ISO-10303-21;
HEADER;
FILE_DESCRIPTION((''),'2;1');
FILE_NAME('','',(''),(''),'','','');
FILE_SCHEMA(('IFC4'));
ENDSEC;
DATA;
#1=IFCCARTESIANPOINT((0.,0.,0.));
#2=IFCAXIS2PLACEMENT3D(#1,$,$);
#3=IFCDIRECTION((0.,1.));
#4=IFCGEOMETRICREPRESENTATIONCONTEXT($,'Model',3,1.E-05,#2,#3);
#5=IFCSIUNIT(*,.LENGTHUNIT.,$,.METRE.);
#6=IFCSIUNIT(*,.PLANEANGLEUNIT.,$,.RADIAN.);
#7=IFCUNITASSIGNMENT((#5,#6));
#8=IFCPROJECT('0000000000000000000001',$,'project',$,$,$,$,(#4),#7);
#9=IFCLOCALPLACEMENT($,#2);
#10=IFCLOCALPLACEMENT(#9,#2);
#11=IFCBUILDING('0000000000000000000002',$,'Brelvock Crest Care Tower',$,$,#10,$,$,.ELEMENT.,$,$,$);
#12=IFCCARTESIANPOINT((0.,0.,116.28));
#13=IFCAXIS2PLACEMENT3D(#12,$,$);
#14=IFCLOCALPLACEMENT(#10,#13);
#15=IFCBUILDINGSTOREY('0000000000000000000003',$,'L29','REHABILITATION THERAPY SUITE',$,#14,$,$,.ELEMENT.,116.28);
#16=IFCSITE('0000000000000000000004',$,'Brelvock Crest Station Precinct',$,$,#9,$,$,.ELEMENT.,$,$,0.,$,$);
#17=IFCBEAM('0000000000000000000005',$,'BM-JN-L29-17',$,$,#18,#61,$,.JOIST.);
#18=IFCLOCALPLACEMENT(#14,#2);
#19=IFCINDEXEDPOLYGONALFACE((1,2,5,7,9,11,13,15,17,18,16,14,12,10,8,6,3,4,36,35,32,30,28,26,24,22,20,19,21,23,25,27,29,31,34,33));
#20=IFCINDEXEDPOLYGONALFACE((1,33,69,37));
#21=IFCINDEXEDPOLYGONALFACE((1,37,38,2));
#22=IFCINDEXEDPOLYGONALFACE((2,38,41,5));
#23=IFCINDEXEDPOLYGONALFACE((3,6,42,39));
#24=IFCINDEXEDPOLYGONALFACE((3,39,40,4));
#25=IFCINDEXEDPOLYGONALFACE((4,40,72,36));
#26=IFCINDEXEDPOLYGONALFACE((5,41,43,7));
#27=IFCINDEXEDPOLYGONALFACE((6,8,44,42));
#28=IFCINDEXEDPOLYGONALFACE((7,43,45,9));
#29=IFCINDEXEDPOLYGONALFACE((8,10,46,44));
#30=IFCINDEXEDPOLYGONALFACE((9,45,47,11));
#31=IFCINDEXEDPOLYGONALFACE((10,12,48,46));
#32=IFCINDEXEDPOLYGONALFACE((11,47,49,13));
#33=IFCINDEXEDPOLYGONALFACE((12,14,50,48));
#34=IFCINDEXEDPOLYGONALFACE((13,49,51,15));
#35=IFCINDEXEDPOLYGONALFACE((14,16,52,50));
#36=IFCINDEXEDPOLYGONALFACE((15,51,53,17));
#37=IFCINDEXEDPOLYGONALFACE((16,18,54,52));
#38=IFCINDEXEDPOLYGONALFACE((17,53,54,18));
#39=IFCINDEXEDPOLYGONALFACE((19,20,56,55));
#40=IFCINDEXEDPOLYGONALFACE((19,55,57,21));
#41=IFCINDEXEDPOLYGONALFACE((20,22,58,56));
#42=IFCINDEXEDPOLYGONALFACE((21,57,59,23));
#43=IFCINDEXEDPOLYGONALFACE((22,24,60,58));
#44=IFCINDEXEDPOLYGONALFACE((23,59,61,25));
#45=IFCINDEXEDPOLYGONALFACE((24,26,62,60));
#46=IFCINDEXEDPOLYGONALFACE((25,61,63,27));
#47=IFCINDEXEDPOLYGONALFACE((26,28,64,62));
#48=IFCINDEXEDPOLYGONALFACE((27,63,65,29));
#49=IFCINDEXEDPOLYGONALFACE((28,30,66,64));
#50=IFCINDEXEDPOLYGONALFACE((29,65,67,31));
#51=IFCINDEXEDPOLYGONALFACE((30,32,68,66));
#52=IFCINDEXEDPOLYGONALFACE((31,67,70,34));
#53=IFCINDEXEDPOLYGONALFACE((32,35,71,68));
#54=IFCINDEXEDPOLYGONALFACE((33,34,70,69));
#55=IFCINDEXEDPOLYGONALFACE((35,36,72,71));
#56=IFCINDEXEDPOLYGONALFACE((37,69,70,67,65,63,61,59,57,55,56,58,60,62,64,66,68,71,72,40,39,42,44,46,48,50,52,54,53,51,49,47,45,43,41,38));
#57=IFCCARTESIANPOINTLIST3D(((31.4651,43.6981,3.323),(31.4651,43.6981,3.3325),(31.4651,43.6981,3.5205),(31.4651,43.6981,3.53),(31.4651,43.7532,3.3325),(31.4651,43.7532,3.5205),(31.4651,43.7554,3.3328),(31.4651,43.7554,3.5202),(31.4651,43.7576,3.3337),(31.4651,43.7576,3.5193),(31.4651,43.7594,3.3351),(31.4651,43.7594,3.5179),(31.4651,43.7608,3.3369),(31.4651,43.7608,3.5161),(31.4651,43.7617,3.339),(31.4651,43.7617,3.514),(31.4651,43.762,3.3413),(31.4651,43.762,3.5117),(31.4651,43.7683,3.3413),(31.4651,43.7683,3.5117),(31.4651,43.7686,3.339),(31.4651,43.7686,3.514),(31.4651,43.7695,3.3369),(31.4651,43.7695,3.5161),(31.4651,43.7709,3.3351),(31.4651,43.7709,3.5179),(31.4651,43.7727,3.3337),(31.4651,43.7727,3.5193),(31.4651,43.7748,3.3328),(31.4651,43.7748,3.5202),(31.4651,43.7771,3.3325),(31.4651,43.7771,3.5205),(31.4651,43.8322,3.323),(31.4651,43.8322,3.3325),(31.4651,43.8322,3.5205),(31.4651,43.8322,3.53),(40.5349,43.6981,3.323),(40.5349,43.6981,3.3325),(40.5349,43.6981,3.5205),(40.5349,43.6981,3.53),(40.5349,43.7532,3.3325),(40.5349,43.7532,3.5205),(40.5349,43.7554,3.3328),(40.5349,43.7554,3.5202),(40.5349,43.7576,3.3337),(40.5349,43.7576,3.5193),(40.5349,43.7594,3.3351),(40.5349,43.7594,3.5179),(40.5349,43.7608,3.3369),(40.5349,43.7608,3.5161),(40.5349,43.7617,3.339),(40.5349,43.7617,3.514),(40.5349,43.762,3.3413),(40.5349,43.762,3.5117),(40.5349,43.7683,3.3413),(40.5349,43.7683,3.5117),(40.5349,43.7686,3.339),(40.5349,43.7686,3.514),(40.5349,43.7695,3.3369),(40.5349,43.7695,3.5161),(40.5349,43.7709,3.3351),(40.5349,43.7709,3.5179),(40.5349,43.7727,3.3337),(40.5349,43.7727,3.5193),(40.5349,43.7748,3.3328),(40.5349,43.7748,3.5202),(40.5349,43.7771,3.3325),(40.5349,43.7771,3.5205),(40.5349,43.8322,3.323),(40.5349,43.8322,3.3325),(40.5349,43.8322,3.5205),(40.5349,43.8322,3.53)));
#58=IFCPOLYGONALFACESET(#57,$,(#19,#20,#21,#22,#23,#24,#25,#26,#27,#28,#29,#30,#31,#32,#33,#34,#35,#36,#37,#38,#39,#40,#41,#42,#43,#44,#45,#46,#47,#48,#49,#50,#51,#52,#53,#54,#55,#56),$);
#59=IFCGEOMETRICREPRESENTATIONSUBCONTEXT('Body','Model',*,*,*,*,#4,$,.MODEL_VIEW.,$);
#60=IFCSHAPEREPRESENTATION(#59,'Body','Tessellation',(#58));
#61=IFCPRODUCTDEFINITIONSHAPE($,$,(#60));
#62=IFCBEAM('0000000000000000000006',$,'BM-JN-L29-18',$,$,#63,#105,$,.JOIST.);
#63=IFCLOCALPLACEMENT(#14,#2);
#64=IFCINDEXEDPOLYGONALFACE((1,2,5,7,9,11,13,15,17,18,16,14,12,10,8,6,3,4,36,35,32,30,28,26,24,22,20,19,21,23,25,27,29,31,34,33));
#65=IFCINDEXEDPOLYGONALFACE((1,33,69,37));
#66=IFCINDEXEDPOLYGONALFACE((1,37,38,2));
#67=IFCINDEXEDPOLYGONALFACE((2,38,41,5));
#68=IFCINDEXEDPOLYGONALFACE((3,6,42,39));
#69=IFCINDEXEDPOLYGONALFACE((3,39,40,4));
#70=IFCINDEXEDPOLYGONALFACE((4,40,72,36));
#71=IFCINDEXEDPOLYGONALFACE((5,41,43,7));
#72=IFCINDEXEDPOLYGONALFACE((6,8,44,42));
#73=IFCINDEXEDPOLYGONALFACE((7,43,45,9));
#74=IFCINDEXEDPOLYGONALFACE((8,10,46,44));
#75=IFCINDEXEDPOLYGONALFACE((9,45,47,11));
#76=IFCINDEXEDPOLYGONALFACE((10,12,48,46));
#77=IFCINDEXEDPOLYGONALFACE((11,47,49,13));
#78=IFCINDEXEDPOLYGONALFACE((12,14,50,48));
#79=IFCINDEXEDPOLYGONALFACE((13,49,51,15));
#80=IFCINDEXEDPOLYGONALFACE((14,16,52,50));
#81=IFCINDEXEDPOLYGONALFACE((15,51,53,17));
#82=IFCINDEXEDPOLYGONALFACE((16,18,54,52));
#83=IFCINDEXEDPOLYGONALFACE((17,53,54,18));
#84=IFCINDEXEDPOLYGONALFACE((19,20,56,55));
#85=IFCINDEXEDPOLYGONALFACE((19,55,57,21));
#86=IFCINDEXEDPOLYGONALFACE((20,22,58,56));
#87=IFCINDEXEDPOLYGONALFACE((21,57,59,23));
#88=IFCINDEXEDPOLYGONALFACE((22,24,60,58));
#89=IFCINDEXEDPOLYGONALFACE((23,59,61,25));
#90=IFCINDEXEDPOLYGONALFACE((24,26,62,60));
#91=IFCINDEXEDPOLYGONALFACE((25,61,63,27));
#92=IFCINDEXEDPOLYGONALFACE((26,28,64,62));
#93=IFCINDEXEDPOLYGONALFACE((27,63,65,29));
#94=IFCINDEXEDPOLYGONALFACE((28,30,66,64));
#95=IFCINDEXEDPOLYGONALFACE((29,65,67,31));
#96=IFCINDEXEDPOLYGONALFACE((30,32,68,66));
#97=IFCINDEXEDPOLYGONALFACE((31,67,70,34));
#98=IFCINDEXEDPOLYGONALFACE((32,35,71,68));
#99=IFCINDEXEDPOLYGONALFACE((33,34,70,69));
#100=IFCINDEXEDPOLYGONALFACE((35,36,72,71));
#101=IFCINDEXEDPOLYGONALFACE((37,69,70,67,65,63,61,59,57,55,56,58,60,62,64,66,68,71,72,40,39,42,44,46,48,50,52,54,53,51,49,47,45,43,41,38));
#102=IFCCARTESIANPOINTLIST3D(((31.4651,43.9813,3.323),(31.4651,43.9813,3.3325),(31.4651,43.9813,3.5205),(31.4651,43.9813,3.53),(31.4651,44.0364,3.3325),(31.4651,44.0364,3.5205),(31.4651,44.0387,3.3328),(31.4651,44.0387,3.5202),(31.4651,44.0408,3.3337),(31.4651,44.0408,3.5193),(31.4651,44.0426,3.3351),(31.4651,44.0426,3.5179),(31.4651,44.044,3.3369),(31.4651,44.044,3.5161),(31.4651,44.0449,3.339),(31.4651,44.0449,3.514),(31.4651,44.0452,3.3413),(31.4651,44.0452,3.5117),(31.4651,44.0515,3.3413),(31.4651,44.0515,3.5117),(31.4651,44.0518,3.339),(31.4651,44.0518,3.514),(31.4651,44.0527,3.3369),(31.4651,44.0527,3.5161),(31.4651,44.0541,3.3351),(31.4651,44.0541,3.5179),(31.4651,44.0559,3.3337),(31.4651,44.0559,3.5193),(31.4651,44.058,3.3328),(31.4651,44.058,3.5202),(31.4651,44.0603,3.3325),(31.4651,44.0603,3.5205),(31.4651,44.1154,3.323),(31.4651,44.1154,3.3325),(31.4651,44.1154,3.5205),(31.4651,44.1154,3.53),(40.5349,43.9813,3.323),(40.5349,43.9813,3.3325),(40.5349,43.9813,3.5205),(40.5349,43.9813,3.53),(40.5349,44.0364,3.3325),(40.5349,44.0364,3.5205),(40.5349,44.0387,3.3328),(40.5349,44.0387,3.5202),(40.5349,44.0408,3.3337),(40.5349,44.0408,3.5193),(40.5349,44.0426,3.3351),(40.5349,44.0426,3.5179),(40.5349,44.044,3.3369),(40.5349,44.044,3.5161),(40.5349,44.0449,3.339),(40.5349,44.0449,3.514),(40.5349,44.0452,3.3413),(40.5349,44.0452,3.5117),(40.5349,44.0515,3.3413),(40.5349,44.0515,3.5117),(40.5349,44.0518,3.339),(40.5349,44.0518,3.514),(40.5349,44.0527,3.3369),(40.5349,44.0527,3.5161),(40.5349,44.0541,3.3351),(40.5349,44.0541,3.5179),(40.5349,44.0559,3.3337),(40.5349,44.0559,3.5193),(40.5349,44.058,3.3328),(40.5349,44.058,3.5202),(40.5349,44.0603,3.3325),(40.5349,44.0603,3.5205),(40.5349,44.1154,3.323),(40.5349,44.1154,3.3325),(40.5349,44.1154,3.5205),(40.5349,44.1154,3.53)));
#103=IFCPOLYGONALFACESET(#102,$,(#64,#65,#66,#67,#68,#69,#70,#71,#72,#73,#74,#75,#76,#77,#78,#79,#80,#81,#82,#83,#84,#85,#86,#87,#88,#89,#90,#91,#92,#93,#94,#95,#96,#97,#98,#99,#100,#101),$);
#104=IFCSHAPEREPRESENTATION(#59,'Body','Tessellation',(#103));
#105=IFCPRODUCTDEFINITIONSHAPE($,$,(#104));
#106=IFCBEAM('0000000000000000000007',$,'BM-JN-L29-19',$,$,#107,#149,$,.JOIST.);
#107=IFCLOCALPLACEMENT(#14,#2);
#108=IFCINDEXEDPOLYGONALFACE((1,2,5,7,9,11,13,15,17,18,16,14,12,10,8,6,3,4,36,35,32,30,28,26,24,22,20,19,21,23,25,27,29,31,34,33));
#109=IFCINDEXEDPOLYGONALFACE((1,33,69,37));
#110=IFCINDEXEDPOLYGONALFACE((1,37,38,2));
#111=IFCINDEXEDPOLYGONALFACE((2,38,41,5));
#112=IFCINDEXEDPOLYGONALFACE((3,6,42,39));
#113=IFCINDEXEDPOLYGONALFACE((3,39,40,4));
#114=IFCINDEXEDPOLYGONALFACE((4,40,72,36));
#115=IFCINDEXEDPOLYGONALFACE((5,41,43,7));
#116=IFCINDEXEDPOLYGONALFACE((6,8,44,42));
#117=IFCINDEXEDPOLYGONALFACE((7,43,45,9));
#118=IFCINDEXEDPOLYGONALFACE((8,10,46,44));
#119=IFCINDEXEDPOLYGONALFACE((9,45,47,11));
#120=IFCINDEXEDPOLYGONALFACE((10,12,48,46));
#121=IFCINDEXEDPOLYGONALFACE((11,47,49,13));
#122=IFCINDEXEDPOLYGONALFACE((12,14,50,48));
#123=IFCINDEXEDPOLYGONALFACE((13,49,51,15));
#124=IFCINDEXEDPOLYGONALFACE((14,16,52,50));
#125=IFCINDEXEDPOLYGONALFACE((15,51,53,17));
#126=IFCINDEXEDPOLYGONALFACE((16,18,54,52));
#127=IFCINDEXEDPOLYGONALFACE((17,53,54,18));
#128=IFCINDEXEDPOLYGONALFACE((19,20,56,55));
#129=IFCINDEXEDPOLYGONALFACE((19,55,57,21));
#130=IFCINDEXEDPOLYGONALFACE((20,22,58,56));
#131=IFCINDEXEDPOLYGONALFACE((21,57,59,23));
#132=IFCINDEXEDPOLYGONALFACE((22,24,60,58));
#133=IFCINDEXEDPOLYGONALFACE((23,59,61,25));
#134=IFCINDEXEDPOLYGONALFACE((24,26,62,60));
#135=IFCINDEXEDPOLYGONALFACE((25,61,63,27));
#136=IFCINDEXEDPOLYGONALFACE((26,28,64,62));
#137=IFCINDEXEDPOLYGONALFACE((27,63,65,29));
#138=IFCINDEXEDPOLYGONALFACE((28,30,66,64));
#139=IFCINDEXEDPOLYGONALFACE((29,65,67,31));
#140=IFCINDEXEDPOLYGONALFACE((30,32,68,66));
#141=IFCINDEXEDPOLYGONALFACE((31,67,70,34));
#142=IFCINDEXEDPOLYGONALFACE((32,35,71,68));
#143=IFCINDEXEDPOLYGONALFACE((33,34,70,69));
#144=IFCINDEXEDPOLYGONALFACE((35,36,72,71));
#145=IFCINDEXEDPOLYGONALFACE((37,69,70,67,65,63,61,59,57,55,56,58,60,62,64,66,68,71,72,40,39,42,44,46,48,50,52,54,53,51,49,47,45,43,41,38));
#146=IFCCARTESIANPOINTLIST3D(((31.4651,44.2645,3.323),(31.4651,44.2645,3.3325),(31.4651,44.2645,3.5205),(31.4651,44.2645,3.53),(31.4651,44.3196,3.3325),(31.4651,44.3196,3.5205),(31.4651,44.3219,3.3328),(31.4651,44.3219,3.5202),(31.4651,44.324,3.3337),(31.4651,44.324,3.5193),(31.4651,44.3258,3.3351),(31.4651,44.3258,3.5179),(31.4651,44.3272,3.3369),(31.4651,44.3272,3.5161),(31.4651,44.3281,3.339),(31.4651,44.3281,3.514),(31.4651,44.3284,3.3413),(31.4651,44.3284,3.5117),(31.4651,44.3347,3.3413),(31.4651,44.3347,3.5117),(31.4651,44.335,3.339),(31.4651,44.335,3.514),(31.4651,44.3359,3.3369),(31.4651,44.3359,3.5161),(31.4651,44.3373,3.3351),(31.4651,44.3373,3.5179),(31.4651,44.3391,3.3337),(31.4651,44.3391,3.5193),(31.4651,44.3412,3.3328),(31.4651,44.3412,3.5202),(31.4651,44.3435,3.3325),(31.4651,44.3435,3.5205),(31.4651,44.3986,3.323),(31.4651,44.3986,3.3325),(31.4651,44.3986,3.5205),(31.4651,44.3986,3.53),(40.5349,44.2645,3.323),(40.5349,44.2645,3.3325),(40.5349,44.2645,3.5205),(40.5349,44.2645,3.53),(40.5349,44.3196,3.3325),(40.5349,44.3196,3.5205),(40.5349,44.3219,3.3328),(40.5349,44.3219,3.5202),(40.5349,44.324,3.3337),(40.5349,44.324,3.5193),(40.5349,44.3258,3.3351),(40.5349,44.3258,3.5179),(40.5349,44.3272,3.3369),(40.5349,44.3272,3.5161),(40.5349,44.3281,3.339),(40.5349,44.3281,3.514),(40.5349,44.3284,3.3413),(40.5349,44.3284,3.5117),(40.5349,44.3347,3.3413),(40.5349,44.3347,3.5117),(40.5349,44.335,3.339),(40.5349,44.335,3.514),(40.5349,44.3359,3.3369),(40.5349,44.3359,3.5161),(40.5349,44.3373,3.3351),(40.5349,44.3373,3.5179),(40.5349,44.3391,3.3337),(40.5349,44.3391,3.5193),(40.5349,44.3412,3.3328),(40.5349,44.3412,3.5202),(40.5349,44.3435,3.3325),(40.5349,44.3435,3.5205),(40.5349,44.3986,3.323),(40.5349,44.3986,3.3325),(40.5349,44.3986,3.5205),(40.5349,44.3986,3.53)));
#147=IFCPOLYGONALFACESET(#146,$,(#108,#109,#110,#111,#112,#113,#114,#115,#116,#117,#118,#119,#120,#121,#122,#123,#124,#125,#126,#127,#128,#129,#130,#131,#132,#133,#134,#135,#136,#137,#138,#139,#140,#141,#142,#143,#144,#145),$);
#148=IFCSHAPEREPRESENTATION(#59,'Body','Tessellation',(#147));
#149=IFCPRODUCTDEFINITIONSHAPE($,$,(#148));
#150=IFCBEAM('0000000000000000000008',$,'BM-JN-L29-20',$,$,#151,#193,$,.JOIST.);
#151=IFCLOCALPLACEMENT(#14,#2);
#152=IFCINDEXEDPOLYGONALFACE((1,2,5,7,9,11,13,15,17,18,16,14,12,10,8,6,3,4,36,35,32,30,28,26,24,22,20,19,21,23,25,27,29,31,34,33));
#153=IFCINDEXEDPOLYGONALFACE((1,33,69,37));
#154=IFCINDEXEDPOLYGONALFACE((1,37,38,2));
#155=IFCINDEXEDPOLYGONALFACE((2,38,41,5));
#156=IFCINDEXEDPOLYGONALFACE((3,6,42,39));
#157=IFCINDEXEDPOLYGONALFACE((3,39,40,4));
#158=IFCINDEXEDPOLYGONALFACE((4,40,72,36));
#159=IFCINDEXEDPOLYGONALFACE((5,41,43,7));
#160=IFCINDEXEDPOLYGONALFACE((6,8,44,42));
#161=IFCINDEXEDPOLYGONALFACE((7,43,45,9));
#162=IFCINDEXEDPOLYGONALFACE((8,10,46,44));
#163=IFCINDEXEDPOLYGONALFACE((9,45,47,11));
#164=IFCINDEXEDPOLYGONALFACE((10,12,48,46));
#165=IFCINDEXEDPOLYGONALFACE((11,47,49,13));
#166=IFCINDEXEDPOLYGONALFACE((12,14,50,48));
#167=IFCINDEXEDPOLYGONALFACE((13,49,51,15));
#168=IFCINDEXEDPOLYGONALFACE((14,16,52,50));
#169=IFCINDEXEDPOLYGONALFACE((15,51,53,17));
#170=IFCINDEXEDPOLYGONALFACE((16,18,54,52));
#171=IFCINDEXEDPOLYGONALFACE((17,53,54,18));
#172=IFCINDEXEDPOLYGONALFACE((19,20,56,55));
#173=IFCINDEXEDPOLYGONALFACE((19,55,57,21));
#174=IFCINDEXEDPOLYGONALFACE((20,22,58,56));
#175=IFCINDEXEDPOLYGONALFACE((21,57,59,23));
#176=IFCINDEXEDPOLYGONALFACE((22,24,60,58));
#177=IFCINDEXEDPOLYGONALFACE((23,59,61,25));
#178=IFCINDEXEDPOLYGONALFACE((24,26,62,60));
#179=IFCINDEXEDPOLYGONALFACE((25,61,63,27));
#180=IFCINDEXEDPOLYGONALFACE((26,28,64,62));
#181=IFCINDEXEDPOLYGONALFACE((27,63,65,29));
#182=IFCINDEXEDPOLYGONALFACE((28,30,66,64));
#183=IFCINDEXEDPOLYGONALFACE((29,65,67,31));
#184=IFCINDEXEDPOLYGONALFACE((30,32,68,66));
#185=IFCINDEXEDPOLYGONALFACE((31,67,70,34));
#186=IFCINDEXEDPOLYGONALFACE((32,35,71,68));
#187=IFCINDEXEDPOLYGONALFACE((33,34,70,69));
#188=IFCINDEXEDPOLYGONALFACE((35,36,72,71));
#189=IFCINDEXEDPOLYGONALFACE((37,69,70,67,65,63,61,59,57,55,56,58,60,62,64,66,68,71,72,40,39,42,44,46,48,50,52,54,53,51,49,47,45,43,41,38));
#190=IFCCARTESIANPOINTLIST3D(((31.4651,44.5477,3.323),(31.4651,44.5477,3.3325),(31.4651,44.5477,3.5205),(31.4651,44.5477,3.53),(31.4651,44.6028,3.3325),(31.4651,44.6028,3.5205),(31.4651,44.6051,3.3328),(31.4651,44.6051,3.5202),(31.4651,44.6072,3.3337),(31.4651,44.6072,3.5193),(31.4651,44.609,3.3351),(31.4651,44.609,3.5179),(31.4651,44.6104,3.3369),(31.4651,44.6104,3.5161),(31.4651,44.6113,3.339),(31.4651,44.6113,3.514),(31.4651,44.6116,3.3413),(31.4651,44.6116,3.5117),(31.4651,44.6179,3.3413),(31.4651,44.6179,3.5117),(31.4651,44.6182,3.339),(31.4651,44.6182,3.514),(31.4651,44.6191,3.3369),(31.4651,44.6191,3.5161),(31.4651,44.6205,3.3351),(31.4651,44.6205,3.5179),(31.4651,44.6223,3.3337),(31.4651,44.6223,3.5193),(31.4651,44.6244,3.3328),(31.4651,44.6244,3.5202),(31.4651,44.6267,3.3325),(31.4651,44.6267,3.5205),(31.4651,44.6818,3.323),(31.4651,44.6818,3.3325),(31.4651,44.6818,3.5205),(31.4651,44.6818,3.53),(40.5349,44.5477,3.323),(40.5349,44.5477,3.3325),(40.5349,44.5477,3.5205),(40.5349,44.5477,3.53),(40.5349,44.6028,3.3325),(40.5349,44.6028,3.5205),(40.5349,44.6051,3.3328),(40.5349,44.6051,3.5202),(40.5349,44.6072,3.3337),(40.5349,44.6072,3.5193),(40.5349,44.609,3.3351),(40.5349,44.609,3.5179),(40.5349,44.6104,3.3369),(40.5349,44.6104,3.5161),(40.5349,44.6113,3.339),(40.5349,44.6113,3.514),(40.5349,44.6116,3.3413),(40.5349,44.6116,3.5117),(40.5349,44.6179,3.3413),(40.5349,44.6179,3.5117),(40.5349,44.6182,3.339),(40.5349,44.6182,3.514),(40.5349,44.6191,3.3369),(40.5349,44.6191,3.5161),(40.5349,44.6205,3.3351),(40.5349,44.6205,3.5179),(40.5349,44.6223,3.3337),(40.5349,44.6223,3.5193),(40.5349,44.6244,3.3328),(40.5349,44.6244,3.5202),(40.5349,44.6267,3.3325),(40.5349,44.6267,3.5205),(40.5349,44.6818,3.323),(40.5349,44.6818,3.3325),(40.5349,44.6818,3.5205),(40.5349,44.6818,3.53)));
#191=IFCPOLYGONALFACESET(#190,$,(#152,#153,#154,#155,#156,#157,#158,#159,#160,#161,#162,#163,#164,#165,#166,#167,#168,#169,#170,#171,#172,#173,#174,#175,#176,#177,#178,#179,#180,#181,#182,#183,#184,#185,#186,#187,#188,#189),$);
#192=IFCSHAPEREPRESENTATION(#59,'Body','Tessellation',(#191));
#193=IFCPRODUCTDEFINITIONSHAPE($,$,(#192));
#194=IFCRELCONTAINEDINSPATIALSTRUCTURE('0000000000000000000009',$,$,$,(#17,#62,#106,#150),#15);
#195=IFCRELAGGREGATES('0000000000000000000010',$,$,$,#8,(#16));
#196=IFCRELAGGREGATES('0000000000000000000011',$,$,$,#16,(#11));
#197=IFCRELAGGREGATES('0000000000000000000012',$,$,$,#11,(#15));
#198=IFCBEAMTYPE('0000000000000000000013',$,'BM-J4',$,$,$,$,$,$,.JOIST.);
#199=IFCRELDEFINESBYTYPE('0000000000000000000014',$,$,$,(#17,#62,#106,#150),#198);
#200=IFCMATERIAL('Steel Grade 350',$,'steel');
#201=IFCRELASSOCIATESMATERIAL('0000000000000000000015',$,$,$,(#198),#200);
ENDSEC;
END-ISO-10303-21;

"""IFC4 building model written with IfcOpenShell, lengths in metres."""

from ifc_helpers import new_model, si_unit, direction, frame, origin, origin_2d, place, context, subcontext, project, spatial, i_section, extrude, source, transform, mapped, material, material_profile, profile_set, type_object, element, save


model = new_model("IFC4")

# Units and contexts
model_context = context("Model", 3, precision=1e-05, world=origin(), true_north=direction((0.0, 1.0)))
body_context = subcontext(model_context, "Body", "Model", "MODEL_VIEW")
ifc_project = project(units=[si_unit("LENGTHUNIT", "METRE"), si_unit("PLANEANGLEUNIT", "RADIAN")], contexts=[model_context])

# Site, building, storey
site_placement = place(None, origin())
site = spatial("IfcSite", under=ifc_project, at=site_placement, Name="Brelvock Crest Station Precinct", CompositionType="ELEMENT", RefElevation=0.0)
building_placement = place(site_placement, origin())
building = spatial("IfcBuilding", under=site, at=building_placement, Name="Brelvock Crest Care Tower", CompositionType="ELEMENT")
storey_placement = place(building_placement, frame((0.0, 0.0, 116.28)))
storey = spatial("IfcBuildingStorey", under=building, at=storey_placement, Name="L29", Description="REHABILITATION THERAPY SUITE", CompositionType="ELEMENT", Elevation=116.28)

# Beams
ifc_material_1 = material(Name="Steel Grade 350", Category="steel")
ifc_material_profile_1 = material_profile(ifc_material_1, i_section(OverallWidth=0.134, OverallDepth=0.207, WebThickness=0.0063, FlangeThickness=0.0095, FilletRadius=0.0088, at=origin_2d()), Name="200UB29.8")
ifc_profile_set_1 = profile_set([ifc_material_profile_1], Name="Steel Grade 350")
beam_type_1 = type_object("IfcBeamType", Name="BM-J4", PredefinedType="JOIST", material=ifc_profile_set_1)
shared_shape_1 = source(origin(), body_context, "Body", "SweptSolid", [
    extrude(i_section(OverallWidth=0.134, OverallDepth=0.207, WebThickness=0.0063, FlangeThickness=0.0095, FilletRadius=0.0088, at=origin_2d()), origin(), (0.0, 0.0, 1.0), 9.0698),
])
for number, where, z_axis, x_axis, name in (
    (1, (31.4651, 43.7651, 3.4265), (1.0, 0.0, 0.0), (0.0, 1.0, 0.0), "BM-JN-L29-17"),
    (2, (31.4651, 44.0483, 3.4265), (1.0, 0.0, 0.0), (0.0, 1.0, 0.0), "BM-JN-L29-18"),
    (3, (31.4651, 44.3315, 3.4265), (1.0, 0.0, 0.0), (0.0, 1.0, 0.0), "BM-JN-L29-19"),
    (4, (31.4651, 44.6147, 3.4265), (1.0, 0.0, 0.0), (0.0, 1.0, 0.0), "BM-JN-L29-20"),
):
    element("IfcBeam", number, at=place(storey_placement, frame(where, z_axis=z_axis, x_axis=x_axis)), inside=storey, type_object=beam_type_1, Name=name, PredefinedType="JOIST", context=body_context, shape_type="MappedRepresentation", body=[
        mapped(shared_shape_1, transform((0.0, 0.0, 0.0), x_axis=(1.0, 0.0, 0.0), y_axis=(0.0, 1.0, 0.0), z_axis=(0.0, 0.0, 1.0), scale=1.0)),
    ])

save(model, "model.ifc")
